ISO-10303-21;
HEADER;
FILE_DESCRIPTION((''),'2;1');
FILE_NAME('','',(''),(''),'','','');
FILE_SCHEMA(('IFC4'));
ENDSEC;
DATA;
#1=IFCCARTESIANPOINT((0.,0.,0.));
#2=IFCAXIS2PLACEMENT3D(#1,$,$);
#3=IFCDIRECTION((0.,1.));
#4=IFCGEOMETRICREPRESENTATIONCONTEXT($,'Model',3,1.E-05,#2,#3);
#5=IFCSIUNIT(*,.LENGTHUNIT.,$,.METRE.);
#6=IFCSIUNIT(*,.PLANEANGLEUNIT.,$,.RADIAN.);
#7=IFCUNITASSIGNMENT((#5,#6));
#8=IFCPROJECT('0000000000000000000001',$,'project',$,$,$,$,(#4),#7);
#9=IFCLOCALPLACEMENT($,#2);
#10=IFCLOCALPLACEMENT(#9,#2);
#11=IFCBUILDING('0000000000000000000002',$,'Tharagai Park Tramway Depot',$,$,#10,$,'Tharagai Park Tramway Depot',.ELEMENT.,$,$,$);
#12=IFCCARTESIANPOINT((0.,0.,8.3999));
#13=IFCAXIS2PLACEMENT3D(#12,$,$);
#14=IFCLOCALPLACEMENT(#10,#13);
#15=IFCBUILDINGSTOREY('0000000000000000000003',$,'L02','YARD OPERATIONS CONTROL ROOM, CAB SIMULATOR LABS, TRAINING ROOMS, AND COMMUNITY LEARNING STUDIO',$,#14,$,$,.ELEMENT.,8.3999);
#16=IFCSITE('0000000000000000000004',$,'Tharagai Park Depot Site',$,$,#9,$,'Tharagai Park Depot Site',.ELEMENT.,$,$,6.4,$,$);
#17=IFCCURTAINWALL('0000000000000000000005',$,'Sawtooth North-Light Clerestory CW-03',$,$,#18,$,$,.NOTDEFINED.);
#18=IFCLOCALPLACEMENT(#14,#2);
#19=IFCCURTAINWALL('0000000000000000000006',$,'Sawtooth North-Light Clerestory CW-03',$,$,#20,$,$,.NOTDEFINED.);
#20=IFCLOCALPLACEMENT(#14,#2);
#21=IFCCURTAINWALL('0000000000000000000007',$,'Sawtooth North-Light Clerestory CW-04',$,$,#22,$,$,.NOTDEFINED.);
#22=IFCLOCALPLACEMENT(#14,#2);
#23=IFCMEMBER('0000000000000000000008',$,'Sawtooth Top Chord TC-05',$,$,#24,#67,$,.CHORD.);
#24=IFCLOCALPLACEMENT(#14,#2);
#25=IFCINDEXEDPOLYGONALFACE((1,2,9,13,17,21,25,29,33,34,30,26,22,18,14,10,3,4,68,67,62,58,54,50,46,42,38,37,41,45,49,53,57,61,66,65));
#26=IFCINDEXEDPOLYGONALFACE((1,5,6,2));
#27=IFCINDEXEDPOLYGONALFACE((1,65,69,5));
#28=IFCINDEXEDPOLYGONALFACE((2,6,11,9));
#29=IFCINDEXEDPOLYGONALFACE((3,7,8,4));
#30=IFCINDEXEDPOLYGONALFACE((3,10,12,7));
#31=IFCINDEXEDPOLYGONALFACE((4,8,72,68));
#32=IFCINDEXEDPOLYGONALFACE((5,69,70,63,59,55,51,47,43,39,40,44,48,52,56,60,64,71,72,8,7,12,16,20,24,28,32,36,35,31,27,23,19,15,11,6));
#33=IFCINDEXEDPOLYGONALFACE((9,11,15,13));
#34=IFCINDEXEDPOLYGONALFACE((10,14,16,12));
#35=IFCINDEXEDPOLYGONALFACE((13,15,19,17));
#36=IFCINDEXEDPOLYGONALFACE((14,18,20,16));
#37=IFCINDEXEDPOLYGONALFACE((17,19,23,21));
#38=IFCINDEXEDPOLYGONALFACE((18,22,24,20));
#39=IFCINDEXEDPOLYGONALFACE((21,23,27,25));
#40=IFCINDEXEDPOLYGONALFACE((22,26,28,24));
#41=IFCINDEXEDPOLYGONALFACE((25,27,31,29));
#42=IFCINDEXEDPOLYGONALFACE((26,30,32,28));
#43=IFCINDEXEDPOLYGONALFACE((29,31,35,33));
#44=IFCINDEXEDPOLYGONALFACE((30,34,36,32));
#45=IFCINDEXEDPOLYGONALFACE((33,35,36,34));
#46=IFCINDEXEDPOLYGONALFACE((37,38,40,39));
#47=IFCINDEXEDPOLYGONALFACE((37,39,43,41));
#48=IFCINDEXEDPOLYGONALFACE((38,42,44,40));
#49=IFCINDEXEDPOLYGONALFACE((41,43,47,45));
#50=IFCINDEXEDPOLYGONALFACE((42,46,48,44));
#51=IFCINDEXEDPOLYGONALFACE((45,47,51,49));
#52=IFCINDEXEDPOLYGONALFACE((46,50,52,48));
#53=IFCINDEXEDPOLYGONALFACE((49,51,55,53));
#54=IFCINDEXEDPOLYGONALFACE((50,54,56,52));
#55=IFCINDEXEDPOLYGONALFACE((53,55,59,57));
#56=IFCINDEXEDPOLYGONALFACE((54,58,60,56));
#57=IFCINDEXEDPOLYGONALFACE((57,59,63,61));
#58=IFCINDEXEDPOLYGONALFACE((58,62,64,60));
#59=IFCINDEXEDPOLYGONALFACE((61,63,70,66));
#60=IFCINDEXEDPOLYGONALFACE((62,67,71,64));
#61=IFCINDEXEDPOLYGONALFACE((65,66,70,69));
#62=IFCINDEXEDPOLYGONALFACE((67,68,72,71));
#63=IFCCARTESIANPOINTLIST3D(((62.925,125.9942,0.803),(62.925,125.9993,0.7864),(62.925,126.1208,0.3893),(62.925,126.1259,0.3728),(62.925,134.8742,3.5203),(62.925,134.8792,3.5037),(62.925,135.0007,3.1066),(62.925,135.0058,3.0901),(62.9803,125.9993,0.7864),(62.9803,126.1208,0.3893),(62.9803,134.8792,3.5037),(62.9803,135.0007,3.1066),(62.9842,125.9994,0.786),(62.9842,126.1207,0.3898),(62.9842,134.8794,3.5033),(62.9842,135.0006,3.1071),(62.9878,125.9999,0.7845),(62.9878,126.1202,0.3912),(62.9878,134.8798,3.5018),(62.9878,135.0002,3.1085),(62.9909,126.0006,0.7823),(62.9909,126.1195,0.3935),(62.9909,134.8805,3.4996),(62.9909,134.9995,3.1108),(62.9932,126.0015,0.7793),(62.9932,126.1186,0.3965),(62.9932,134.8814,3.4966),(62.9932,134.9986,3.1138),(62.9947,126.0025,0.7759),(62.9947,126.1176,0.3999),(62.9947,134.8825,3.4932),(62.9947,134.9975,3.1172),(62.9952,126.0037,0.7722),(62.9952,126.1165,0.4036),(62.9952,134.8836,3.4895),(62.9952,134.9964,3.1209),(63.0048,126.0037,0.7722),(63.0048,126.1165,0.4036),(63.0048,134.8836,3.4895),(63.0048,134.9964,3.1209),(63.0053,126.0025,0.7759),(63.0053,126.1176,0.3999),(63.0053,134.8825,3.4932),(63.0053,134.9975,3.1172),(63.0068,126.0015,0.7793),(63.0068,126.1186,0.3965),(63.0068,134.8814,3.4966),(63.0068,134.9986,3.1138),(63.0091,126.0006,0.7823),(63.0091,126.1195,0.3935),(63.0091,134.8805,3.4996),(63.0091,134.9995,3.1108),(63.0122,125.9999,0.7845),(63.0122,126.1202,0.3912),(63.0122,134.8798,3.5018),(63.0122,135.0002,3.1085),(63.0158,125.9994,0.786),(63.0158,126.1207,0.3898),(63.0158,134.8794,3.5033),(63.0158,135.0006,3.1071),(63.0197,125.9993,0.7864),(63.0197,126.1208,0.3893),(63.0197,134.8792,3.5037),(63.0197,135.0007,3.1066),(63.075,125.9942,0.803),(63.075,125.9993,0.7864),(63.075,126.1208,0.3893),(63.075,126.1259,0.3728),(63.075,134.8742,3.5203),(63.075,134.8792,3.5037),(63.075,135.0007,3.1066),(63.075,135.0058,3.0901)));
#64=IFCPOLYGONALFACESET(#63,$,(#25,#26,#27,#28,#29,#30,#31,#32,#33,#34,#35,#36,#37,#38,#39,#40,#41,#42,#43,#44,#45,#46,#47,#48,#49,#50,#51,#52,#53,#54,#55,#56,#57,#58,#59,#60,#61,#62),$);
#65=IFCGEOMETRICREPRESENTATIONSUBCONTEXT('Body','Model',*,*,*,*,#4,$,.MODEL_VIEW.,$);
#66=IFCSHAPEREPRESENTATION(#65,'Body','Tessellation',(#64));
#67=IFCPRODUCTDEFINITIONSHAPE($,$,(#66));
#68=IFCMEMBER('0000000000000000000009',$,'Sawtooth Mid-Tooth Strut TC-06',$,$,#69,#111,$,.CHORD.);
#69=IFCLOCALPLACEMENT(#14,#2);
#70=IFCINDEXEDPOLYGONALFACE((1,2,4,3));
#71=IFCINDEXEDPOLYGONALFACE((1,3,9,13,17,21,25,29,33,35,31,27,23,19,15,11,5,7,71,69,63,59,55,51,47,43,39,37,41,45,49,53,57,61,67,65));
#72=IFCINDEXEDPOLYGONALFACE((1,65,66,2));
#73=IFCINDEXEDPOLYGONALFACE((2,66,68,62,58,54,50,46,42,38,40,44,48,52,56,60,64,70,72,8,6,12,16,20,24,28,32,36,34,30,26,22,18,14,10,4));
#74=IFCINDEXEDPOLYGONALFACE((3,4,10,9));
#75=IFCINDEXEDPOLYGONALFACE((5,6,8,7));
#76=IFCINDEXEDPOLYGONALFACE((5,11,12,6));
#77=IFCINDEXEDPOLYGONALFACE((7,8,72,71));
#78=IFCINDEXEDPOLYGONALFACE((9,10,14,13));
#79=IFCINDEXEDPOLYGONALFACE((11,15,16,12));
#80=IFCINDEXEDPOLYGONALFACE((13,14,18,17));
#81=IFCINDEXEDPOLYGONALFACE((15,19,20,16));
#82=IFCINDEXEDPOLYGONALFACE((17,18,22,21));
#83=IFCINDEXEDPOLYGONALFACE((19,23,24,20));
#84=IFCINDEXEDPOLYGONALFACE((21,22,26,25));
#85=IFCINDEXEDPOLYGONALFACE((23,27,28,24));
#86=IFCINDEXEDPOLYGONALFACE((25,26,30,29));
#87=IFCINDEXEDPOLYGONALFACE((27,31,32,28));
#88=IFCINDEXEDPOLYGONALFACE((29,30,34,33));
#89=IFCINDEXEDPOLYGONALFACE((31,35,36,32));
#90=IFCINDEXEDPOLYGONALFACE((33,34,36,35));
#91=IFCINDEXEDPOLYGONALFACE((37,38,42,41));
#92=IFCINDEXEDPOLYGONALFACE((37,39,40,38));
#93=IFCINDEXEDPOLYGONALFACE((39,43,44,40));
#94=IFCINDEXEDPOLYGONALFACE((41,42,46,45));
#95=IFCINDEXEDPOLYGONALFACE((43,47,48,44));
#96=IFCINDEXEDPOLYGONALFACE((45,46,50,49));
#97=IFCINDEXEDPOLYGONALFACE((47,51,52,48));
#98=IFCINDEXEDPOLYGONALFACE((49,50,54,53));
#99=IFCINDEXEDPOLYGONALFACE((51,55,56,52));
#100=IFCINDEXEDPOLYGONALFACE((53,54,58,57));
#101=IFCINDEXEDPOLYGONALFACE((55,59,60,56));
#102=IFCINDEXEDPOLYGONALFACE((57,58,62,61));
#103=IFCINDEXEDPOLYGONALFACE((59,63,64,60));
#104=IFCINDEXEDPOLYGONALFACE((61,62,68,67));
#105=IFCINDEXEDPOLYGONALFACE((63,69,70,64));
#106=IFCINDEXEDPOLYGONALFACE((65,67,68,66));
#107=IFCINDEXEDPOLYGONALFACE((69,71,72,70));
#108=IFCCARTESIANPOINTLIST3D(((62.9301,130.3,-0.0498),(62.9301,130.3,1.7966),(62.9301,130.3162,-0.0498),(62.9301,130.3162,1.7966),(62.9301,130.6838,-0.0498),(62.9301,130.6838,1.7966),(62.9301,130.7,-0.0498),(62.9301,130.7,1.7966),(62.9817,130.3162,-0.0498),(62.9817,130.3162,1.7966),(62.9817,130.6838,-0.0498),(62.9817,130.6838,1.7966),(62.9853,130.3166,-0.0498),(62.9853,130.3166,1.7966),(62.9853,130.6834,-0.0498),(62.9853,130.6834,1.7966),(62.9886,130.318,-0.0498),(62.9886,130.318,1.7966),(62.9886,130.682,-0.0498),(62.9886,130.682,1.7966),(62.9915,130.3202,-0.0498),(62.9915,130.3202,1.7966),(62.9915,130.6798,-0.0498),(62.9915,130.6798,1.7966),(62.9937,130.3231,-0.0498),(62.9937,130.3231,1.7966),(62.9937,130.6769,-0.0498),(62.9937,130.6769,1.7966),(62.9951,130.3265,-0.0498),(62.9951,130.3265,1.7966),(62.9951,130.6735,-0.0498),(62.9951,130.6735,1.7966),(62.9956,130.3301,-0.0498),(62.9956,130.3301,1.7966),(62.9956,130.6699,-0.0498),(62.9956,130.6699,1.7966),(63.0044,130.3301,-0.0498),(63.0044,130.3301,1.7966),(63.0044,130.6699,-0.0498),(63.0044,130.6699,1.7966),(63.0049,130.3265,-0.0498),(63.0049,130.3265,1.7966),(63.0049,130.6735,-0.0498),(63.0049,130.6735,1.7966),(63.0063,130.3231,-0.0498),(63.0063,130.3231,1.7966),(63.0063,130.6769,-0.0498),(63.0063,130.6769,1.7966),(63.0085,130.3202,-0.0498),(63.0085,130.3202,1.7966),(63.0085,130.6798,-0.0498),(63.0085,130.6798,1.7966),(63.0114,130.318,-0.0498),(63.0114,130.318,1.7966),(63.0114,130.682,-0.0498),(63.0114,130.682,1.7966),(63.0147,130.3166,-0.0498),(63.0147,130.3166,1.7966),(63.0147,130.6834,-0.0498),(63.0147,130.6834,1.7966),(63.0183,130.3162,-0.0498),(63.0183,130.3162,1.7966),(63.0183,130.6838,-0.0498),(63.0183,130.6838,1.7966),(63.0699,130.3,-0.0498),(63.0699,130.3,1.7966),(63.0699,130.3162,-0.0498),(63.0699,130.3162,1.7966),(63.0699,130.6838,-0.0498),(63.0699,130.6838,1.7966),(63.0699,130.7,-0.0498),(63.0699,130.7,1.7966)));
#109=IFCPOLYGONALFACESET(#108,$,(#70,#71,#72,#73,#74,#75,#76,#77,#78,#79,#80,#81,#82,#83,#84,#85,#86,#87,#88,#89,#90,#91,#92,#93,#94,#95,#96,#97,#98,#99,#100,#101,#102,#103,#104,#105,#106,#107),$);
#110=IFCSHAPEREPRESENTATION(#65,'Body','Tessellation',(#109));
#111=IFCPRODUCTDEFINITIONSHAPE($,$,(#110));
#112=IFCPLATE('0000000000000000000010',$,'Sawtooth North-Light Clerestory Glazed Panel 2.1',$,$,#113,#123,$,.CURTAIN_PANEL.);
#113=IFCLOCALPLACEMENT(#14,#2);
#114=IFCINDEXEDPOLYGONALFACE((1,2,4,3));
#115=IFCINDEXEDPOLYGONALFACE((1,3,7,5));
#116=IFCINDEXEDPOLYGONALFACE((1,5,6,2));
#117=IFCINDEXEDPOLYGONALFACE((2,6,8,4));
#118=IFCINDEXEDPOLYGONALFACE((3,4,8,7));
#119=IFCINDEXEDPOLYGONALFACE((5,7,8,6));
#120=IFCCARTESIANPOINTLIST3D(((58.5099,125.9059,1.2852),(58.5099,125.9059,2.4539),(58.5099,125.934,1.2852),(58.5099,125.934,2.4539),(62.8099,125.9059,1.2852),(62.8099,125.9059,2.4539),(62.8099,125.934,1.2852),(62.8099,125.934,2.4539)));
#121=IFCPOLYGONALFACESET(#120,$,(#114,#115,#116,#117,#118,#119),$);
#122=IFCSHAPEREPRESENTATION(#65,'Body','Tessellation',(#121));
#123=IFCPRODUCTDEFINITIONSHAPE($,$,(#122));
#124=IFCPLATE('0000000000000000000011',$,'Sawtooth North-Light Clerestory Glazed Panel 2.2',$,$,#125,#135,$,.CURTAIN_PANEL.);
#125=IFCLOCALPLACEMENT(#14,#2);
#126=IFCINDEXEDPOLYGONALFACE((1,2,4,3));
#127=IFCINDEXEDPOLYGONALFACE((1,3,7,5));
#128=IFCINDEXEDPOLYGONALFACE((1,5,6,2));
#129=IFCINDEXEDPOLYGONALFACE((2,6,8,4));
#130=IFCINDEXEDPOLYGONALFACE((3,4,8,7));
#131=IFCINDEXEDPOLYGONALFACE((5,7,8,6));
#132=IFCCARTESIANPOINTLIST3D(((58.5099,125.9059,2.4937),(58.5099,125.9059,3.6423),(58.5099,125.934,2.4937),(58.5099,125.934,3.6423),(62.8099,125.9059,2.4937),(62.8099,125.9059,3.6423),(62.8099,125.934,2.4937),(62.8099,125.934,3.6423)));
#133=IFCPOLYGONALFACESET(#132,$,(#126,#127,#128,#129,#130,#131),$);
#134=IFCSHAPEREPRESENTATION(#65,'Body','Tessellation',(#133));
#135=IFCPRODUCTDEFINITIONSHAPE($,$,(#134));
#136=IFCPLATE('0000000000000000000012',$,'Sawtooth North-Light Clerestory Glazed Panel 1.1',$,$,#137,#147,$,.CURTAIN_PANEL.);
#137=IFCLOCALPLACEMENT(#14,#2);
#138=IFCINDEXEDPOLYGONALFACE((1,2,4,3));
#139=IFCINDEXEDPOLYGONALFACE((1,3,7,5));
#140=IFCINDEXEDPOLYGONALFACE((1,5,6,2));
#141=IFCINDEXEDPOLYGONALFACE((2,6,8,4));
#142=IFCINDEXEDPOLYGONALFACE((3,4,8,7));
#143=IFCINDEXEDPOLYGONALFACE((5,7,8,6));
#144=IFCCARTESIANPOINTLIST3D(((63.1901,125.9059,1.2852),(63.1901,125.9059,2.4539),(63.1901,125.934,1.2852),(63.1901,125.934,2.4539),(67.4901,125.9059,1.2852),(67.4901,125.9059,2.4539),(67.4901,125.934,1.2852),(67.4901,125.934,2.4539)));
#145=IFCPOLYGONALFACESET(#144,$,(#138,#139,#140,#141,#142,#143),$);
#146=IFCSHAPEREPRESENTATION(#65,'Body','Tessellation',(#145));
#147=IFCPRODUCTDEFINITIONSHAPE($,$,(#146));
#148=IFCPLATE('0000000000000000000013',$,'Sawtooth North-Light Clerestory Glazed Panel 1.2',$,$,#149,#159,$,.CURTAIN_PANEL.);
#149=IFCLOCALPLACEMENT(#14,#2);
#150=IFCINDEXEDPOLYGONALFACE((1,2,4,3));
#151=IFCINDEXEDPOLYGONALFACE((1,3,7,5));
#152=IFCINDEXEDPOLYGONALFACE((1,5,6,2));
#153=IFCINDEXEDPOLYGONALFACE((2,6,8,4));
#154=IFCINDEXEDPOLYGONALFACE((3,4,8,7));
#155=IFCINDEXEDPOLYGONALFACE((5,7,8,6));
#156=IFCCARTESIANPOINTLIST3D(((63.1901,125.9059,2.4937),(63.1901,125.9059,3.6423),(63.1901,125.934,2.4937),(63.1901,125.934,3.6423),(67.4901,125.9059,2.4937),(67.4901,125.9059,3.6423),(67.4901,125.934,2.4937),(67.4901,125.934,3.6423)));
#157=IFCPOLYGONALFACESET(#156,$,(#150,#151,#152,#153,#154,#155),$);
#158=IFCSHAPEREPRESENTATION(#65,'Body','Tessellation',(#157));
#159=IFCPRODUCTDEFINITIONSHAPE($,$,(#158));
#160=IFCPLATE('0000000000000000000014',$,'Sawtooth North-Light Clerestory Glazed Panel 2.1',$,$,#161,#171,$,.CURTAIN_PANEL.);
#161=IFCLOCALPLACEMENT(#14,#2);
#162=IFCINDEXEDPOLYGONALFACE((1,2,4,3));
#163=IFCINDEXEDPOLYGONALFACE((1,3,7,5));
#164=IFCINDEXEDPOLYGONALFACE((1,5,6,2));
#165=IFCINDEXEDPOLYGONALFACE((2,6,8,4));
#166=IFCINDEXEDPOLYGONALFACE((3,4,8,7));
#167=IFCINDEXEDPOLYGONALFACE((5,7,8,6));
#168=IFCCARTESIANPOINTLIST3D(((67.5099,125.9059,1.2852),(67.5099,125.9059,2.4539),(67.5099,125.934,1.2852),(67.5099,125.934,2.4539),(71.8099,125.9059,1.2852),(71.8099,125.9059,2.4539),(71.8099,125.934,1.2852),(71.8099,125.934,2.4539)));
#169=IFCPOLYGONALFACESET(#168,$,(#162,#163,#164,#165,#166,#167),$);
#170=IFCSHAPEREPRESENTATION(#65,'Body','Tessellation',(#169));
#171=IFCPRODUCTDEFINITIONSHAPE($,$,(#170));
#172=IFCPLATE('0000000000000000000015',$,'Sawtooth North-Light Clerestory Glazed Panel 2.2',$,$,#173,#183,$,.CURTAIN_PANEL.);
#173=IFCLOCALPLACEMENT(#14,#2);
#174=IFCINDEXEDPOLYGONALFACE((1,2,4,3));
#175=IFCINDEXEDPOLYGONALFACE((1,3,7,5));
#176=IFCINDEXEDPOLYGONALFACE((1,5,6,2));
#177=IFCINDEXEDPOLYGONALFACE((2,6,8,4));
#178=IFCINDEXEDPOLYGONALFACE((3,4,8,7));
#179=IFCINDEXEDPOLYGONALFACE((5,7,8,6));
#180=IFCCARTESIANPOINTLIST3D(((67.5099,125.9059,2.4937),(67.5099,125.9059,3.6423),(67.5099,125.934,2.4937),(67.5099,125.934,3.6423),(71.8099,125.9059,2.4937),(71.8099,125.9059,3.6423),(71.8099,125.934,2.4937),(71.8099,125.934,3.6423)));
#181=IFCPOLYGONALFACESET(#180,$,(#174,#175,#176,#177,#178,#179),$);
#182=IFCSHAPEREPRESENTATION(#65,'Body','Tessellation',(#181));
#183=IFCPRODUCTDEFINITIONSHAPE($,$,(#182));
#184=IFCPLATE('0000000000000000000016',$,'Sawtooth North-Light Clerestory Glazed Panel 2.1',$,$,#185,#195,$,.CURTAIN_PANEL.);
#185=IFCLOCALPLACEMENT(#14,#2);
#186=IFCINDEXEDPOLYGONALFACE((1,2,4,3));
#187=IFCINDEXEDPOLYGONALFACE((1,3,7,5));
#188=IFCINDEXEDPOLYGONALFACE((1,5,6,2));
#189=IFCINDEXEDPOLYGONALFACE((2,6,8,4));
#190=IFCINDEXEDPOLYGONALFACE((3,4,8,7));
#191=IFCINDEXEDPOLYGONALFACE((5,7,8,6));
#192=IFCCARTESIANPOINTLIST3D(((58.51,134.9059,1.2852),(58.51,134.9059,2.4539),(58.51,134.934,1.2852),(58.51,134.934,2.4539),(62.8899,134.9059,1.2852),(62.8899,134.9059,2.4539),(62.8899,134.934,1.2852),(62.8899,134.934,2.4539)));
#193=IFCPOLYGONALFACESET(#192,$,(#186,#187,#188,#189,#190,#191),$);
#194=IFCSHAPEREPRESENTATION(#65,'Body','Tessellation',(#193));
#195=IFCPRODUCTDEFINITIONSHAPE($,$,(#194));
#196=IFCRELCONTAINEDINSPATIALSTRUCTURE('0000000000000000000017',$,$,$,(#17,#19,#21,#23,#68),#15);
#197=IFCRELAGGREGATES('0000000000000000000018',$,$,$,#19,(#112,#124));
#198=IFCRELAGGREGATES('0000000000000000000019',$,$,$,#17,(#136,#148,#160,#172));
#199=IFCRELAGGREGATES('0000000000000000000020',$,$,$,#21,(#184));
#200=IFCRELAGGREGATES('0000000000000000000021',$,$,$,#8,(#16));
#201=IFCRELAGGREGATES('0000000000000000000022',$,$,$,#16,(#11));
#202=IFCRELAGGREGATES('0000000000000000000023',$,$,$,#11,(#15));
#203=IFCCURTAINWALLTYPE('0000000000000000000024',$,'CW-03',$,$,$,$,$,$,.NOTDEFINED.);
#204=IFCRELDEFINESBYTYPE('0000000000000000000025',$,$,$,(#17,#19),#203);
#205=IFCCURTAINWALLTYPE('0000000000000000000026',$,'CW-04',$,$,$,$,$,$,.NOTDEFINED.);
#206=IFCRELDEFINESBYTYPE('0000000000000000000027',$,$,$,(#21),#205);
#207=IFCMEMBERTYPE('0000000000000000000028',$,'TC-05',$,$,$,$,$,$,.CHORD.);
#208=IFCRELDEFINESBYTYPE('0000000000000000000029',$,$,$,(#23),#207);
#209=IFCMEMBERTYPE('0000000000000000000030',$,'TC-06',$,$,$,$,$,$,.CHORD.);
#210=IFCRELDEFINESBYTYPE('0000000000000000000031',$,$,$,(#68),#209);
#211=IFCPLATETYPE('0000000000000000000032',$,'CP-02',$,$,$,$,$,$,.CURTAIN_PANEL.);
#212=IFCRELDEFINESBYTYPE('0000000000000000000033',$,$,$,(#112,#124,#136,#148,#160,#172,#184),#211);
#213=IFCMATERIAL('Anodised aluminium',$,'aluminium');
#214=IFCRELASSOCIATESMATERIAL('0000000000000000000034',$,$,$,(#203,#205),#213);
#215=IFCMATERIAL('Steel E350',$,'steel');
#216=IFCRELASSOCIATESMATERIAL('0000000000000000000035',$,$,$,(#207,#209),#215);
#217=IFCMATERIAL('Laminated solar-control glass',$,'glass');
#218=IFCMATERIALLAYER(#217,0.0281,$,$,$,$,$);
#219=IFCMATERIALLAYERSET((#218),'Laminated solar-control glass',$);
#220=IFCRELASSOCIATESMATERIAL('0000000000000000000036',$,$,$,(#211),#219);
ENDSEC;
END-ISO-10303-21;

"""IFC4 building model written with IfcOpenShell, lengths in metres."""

from ifc_helpers import new_model, si_unit, direction, frame, origin, origin_2d, place, context, subcontext, project, spatial, rectangle, i_section, extrude, material, layer, layer_set, material_profile, profile_set, type_object, element, aggregate, save


model = new_model("IFC4")

# Units and contexts
model_context = context("Model", 3, precision=1e-05, world=origin(), true_north=direction((0.0, 1.0)))
body_context = subcontext(model_context, "Body", "Model", "MODEL_VIEW")
ifc_project = project(units=[si_unit("LENGTHUNIT", "METRE"), si_unit("PLANEANGLEUNIT", "RADIAN")], contexts=[model_context])

# Site, building, storey
site_placement = place(None, origin())
site = spatial("IfcSite", under=ifc_project, at=site_placement, Name="Tharagai Park Depot Site", LongName="Tharagai Park Depot Site", CompositionType="ELEMENT", RefElevation=6.4)
building_placement = place(site_placement, origin())
building = spatial("IfcBuilding", under=site, at=building_placement, Name="Tharagai Park Tramway Depot", LongName="Tharagai Park Tramway Depot", CompositionType="ELEMENT")
storey_placement = place(building_placement, frame((0.0, 0.0, 8.3999)))
storey = spatial("IfcBuildingStorey", under=building, at=storey_placement, Name="L02", Description="YARD OPERATIONS CONTROL ROOM, CAB SIMULATOR LABS, TRAINING ROOMS, AND COMMUNITY LEARNING STUDIO", CompositionType="ELEMENT", Elevation=8.3999)

# Shared definitions
ifc_material_1 = material(Name="Steel E350", Category="steel")

# Curtain wall
ifc_material_2 = material(Name="Anodised aluminium", Category="aluminium")
curtain_wall_type_1 = type_object("IfcCurtainWallType", Name="CW-03", PredefinedType="NOTDEFINED", material=ifc_material_2)
curtain_wall_1_placement = place(storey_placement, origin())
curtain_wall_1 = element("IfcCurtainWall", 1, at=curtain_wall_1_placement, inside=storey, type_object=curtain_wall_type_1, Name="Sawtooth North-Light Clerestory CW-03", PredefinedType="NOTDEFINED")

# Curtain wall
curtain_wall_2_placement = place(storey_placement, origin())
curtain_wall_2 = element("IfcCurtainWall", 2, at=curtain_wall_2_placement, inside=storey, type_object=curtain_wall_type_1, Name="Sawtooth North-Light Clerestory CW-03", PredefinedType="NOTDEFINED")

# Curtain wall
curtain_wall_type_2 = type_object("IfcCurtainWallType", Name="CW-04", PredefinedType="NOTDEFINED", material=ifc_material_2)
curtain_wall_3_placement = place(storey_placement, origin())
curtain_wall_3 = element("IfcCurtainWall", 3, at=curtain_wall_3_placement, inside=storey, type_object=curtain_wall_type_2, Name="Sawtooth North-Light Clerestory CW-04", PredefinedType="NOTDEFINED")

# Members
ifc_material_profile_1 = material_profile(ifc_material_1, i_section(OverallWidth=0.1499, OverallDepth=0.45, WebThickness=0.0095, FlangeThickness=0.0173, FilletRadius=0.0149, at=origin_2d()), Name="ISMB 450")
ifc_profile_set_1 = profile_set([ifc_material_profile_1], Name="Steel E350")
member_type_1 = type_object("IfcMemberType", Name="TC-05", PredefinedType="CHORD", material=ifc_profile_set_1)
member_1_placement = place(storey_placement, frame((63.0, 126.0601, 0.5879), z_axis=(0.0, 0.956231, 0.292611), x_axis=(-1.0, 0.0, 0.0)))
element("IfcMember", 4, at=member_1_placement, inside=storey, type_object=member_type_1, Name="Sawtooth Top Chord TC-05", PredefinedType="CHORD", context=body_context, shape_type="SweptSolid", body=[
    extrude(i_section(OverallWidth=0.1499, OverallDepth=0.45, WebThickness=0.0095, FlangeThickness=0.0173, FilletRadius=0.0149, at=origin_2d()), origin(), (0.0, 0.0, 1.0), 9.2864),
])
ifc_material_profile_2 = material_profile(ifc_material_1, i_section(OverallWidth=0.1399, OverallDepth=0.3999, WebThickness=0.0088, FlangeThickness=0.0161, FilletRadius=0.0139, at=origin_2d()), Name="ISMB 400")
ifc_profile_set_2 = profile_set([ifc_material_profile_2], Name="Steel E350")
member_type_2 = type_object("IfcMemberType", Name="TC-06", PredefinedType="CHORD", material=ifc_profile_set_2)
member_2_placement = place(storey_placement, frame((63.0, 130.5, -0.0498), z_axis=(0.0, 0.0, 1.0), x_axis=(1.0, 0.0, 0.0)))
element("IfcMember", 5, at=member_2_placement, inside=storey, type_object=member_type_2, Name="Sawtooth Mid-Tooth Strut TC-06", PredefinedType="CHORD", context=body_context, shape_type="SweptSolid", body=[
    extrude(i_section(OverallWidth=0.1399, OverallDepth=0.3999, WebThickness=0.0088, FlangeThickness=0.0161, FilletRadius=0.0139, at=origin_2d()), origin(), (0.0, 0.0, 1.0), 1.8464),
])

# Plates
ifc_material_3 = material(Name="Laminated solar-control glass", Category="glass")
ifc_layer = layer(ifc_material_3, 0.0281)
ifc_layer_set = layer_set([ifc_layer], Name="Laminated solar-control glass")
plate_type = type_object("IfcPlateType", Name="CP-02", PredefinedType="CURTAIN_PANEL", material=ifc_layer_set)
plate_1_placement = place(storey_placement, frame((60.6599, 125.9199, 1.2852), z_axis=(0.0, 0.0, 1.0), x_axis=(1.0, 0.0, 0.0)))
plate_1 = element("IfcPlate", 6, at=plate_1_placement, type_object=plate_type, Name="Sawtooth North-Light Clerestory Glazed Panel 2.1", PredefinedType="CURTAIN_PANEL", context=body_context, shape_type="SweptSolid", body=[
    extrude(rectangle(XDim=4.3, YDim=0.0281, at=origin_2d()), origin(), (0.0, 0.0, 1.0), 1.1687),
])
plate_2_placement = place(storey_placement, frame((60.6599, 125.9199, 2.4937), z_axis=(0.0, 0.0, 1.0), x_axis=(1.0, 0.0, 0.0)))
plate_2 = element("IfcPlate", 7, at=plate_2_placement, type_object=plate_type, Name="Sawtooth North-Light Clerestory Glazed Panel 2.2", PredefinedType="CURTAIN_PANEL", context=body_context, shape_type="SweptSolid", body=[
    extrude(rectangle(XDim=4.3, YDim=0.0281, at=origin_2d()), origin(), (0.0, 0.0, 1.0), 1.1487),
])
aggregate(curtain_wall_2, [plate_1, plate_2])
plate_3_placement = place(storey_placement, frame((65.3401, 125.9199, 1.2852), z_axis=(0.0, 0.0, 1.0), x_axis=(1.0, 0.0, 0.0)))
plate_3 = element("IfcPlate", 8, at=plate_3_placement, type_object=plate_type, Name="Sawtooth North-Light Clerestory Glazed Panel 1.1", PredefinedType="CURTAIN_PANEL", context=body_context, shape_type="SweptSolid", body=[
    extrude(rectangle(XDim=4.3, YDim=0.0281, at=origin_2d()), origin(), (0.0, 0.0, 1.0), 1.1687),
])
plate_4_placement = place(storey_placement, frame((65.3401, 125.9199, 2.4937), z_axis=(0.0, 0.0, 1.0), x_axis=(1.0, 0.0, 0.0)))
plate_4 = element("IfcPlate", 9, at=plate_4_placement, type_object=plate_type, Name="Sawtooth North-Light Clerestory Glazed Panel 1.2", PredefinedType="CURTAIN_PANEL", context=body_context, shape_type="SweptSolid", body=[
    extrude(rectangle(XDim=4.3, YDim=0.0281, at=origin_2d()), origin(), (0.0, 0.0, 1.0), 1.1487),
])
plate_5_placement = place(storey_placement, frame((69.6599, 125.9199, 1.2852), z_axis=(0.0, 0.0, 1.0), x_axis=(1.0, 0.0, 0.0)))
plate_5 = element("IfcPlate", 10, at=plate_5_placement, type_object=plate_type, Name="Sawtooth North-Light Clerestory Glazed Panel 2.1", PredefinedType="CURTAIN_PANEL", context=body_context, shape_type="SweptSolid", body=[
    extrude(rectangle(XDim=4.3, YDim=0.0281, at=origin_2d()), origin(), (0.0, 0.0, 1.0), 1.1687),
])
plate_6_placement = place(storey_placement, frame((69.6599, 125.9199, 2.4937), z_axis=(0.0, 0.0, 1.0), x_axis=(1.0, 0.0, 0.0)))
plate_6 = element("IfcPlate", 11, at=plate_6_placement, type_object=plate_type, Name="Sawtooth North-Light Clerestory Glazed Panel 2.2", PredefinedType="CURTAIN_PANEL", context=body_context, shape_type="SweptSolid", body=[
    extrude(rectangle(XDim=4.3, YDim=0.0281, at=origin_2d()), origin(), (0.0, 0.0, 1.0), 1.1487),
])
aggregate(curtain_wall_1, [plate_3, plate_4, plate_5, plate_6])
plate_7_placement = place(storey_placement, frame((60.7, 134.9199, 1.2852), z_axis=(0.0, 0.0, 1.0), x_axis=(1.0, 0.0, 0.0)))
plate_7 = element("IfcPlate", 12, at=plate_7_placement, type_object=plate_type, Name="Sawtooth North-Light Clerestory Glazed Panel 2.1", PredefinedType="CURTAIN_PANEL", context=body_context, shape_type="SweptSolid", body=[
    extrude(rectangle(XDim=4.3799, YDim=0.0281, at=origin_2d()), origin(), (0.0, 0.0, 1.0), 1.1687),
])
aggregate(curtain_wall_3, [plate_7])

save(model, "model.ifc")
